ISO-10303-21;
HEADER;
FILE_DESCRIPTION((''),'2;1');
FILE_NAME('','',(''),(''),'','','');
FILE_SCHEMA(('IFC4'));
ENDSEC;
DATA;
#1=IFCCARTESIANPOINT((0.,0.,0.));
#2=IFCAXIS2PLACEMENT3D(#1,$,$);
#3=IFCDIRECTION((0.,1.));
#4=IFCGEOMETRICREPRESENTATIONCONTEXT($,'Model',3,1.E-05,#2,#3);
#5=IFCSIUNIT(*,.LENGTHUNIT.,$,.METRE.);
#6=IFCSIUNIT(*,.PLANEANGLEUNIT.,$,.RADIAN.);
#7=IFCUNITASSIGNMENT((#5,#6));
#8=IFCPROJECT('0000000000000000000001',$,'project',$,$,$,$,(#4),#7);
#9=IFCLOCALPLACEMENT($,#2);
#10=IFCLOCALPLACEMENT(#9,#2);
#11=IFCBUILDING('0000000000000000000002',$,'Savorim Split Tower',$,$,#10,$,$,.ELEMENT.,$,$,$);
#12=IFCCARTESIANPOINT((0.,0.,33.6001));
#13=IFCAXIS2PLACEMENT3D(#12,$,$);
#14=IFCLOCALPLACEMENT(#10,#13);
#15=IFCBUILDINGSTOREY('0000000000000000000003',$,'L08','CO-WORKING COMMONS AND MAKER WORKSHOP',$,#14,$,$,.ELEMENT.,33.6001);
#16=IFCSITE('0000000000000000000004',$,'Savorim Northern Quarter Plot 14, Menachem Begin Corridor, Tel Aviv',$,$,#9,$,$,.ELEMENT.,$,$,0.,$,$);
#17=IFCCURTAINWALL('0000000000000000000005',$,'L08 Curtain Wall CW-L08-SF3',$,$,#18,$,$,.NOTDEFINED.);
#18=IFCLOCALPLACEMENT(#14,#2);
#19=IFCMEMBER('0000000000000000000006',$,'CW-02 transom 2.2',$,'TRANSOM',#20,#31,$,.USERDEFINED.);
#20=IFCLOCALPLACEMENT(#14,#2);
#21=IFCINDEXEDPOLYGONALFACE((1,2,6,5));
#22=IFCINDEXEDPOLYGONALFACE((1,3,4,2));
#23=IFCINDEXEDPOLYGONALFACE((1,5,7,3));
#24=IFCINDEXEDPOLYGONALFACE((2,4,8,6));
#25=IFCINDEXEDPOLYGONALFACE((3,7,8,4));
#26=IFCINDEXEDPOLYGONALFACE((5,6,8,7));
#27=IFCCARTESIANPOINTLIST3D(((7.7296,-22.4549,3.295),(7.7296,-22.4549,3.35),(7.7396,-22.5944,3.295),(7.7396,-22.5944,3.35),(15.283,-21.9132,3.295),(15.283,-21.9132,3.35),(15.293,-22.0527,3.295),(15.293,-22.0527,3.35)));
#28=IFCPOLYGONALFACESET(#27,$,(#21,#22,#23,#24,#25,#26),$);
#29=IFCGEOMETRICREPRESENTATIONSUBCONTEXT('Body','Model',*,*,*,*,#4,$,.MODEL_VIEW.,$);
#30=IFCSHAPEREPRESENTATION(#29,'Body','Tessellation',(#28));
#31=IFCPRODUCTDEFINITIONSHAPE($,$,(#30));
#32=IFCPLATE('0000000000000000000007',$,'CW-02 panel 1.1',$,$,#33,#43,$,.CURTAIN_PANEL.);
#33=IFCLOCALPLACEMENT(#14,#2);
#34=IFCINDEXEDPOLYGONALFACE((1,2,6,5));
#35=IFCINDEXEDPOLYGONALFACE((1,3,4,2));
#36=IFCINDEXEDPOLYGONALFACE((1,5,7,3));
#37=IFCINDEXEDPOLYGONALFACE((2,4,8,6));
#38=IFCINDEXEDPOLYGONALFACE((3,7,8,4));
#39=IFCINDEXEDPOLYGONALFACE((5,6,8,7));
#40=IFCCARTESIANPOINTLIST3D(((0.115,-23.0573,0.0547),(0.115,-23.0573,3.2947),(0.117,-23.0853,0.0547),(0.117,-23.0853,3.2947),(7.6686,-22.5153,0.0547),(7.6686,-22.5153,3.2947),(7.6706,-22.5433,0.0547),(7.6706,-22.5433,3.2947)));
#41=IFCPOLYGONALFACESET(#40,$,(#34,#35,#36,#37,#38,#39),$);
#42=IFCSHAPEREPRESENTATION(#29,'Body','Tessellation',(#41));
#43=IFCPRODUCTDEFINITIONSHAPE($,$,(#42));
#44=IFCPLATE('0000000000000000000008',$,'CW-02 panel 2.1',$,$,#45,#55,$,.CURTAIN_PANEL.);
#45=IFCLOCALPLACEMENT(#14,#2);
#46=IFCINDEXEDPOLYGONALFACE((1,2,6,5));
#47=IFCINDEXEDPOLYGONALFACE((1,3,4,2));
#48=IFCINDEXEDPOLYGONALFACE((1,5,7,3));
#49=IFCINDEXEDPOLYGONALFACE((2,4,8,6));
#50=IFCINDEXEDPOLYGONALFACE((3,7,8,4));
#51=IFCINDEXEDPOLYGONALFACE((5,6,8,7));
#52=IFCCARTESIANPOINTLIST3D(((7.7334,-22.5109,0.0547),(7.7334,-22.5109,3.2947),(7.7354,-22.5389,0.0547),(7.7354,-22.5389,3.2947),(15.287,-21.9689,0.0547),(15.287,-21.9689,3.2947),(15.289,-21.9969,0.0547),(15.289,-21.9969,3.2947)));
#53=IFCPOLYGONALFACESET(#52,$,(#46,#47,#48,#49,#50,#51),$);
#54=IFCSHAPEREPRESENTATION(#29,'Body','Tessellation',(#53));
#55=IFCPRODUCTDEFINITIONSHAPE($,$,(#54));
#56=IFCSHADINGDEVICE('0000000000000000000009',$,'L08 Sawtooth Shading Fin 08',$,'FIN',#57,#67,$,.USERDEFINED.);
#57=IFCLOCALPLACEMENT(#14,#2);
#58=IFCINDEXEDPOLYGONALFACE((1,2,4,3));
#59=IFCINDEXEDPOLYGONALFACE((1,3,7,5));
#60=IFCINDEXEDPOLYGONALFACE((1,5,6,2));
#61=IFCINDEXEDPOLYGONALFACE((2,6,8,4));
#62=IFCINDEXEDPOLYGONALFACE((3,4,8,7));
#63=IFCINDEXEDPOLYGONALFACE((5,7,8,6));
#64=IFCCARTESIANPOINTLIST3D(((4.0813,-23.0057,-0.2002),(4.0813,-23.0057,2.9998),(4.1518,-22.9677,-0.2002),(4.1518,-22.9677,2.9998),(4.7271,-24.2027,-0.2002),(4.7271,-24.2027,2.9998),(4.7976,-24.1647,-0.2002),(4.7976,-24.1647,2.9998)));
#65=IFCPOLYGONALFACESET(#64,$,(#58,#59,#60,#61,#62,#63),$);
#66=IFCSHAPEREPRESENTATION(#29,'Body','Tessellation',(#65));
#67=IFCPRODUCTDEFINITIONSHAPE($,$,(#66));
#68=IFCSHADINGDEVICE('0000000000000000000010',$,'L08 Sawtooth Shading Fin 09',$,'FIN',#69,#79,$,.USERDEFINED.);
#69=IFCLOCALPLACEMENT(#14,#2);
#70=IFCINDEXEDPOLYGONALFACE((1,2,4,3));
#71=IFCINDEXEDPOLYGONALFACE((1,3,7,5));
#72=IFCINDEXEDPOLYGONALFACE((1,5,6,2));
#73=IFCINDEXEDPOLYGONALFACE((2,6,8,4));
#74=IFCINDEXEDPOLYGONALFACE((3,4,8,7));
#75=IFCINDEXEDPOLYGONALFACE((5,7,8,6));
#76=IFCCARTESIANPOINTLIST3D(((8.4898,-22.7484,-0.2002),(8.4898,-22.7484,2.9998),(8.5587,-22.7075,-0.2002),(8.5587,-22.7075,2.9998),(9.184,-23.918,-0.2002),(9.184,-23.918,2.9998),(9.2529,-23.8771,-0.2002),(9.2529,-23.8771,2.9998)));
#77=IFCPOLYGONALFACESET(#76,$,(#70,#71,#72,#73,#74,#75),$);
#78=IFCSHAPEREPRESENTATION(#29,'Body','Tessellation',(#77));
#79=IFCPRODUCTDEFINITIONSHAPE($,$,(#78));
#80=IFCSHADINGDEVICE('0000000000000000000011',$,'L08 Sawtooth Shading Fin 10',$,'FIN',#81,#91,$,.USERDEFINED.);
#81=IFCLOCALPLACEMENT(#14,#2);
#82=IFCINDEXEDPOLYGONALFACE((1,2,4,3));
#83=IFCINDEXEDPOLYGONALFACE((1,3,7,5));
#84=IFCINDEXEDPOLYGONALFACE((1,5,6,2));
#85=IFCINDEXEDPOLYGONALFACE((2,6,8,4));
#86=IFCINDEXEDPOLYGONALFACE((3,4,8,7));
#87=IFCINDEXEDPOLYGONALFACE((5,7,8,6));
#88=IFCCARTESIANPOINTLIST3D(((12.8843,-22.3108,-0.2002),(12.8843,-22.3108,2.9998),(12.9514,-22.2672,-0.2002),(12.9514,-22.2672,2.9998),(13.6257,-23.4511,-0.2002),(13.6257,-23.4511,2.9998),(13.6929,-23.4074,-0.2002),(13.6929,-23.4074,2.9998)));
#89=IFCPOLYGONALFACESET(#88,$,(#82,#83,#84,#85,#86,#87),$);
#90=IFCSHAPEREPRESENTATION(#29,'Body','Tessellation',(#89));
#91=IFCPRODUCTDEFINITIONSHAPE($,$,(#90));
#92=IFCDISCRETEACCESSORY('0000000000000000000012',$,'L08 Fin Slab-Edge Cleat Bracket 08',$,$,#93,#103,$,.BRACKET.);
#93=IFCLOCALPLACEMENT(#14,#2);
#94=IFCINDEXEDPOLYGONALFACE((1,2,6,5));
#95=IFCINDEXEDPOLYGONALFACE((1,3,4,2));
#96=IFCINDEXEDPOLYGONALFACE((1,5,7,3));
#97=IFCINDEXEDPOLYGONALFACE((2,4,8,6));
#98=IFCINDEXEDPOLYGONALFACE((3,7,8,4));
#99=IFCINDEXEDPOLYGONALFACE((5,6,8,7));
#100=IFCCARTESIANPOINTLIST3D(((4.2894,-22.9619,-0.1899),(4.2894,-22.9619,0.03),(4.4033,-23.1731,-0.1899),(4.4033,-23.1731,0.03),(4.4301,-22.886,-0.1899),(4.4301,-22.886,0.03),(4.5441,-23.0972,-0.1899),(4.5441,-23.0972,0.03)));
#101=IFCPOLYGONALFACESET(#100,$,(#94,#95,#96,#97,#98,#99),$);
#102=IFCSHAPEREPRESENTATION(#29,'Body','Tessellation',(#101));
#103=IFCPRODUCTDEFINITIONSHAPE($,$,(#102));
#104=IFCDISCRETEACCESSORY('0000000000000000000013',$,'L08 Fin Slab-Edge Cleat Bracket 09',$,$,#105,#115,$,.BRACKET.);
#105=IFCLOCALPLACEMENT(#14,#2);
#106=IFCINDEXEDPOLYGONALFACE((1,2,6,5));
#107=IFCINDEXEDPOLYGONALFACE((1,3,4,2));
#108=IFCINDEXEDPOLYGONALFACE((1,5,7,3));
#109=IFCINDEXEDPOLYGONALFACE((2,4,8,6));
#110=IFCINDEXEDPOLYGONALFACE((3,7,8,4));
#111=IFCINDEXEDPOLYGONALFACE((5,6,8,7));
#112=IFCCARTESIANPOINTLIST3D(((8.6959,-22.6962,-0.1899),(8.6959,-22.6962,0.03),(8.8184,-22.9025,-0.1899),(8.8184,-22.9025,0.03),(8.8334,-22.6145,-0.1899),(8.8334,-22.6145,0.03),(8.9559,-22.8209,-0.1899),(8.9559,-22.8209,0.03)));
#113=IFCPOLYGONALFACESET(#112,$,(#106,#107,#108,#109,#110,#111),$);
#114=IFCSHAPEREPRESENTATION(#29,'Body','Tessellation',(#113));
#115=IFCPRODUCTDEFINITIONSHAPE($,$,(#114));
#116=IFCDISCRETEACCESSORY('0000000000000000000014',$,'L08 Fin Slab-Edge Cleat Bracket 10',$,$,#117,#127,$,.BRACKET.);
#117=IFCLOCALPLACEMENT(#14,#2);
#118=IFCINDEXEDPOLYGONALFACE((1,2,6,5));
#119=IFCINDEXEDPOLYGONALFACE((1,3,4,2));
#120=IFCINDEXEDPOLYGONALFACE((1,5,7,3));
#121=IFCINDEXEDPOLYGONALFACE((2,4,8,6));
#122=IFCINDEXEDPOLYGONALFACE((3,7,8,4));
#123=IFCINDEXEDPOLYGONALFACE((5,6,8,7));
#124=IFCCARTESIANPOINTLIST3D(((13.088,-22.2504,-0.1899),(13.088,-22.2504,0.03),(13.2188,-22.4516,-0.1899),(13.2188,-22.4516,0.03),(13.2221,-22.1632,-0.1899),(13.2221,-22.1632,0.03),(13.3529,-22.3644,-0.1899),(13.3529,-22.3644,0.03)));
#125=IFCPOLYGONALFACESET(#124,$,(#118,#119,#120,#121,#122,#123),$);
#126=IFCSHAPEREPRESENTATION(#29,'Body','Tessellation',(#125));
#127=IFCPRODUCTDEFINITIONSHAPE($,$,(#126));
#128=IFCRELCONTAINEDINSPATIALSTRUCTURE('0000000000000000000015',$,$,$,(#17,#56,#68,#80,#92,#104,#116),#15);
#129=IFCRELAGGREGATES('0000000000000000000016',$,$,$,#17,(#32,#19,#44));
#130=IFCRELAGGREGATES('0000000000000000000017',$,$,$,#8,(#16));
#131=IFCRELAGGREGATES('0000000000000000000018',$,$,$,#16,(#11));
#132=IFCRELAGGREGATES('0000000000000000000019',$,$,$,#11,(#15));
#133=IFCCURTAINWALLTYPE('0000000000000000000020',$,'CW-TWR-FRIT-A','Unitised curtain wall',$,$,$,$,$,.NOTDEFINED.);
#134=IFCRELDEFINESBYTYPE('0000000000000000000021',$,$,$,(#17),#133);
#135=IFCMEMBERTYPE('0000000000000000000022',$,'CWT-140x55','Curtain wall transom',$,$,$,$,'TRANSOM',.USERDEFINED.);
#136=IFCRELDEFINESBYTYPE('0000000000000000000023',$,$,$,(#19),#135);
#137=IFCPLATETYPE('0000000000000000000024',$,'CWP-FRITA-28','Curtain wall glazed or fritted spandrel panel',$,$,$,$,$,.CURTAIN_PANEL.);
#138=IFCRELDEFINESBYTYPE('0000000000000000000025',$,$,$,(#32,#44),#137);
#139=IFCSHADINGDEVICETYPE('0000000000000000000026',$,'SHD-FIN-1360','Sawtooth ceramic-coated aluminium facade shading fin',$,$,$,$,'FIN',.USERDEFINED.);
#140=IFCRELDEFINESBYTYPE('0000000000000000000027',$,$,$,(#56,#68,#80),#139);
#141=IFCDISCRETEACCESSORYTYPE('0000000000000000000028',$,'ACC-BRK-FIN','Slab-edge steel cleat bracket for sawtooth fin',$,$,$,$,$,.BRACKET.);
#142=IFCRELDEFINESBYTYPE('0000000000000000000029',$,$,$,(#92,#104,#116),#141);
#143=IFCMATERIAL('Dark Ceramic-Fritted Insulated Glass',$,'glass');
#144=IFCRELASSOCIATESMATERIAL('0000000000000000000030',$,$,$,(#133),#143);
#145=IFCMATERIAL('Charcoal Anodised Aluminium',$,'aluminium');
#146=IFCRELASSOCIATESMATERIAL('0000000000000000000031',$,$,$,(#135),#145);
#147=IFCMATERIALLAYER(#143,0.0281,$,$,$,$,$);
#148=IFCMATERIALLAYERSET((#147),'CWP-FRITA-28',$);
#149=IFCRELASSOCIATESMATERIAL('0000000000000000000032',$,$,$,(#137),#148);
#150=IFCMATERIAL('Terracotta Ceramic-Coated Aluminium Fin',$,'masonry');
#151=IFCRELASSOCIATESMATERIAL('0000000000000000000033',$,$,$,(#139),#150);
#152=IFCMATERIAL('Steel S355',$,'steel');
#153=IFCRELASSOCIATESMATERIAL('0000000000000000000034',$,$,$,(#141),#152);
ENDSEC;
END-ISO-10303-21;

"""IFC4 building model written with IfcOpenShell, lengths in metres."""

from ifc_helpers import new_model, si_unit, direction, frame, origin, origin_2d, place, context, subcontext, project, spatial, rectangle, extrude, material, layer, layer_set, material_profile, profile_set, type_object, element, aggregate, save


model = new_model("IFC4")

# Units and contexts
model_context = context("Model", 3, precision=1e-05, world=origin(), true_north=direction((0.0, 1.0)))
body_context = subcontext(model_context, "Body", "Model", "MODEL_VIEW")
ifc_project = project(units=[si_unit("LENGTHUNIT", "METRE"), si_unit("PLANEANGLEUNIT", "RADIAN")], contexts=[model_context])

# Site, building, storey
site_placement = place(None, origin())
site = spatial("IfcSite", under=ifc_project, at=site_placement, Name="Savorim Northern Quarter Plot 14, Menachem Begin Corridor, Tel Aviv", CompositionType="ELEMENT", RefElevation=0.0)
building_placement = place(site_placement, origin())
building = spatial("IfcBuilding", under=site, at=building_placement, Name="Savorim Split Tower", CompositionType="ELEMENT")
storey_placement = place(building_placement, frame((0.0, 0.0, 33.6001)))
storey = spatial("IfcBuildingStorey", under=building, at=storey_placement, Name="L08", Description="CO-WORKING COMMONS AND MAKER WORKSHOP", CompositionType="ELEMENT", Elevation=33.6001)

# Shared definitions
ifc_material_1 = material(Name="Steel S355", Category="steel")

# Curtain wall
ifc_material_2 = material(Name="Dark Ceramic-Fritted Insulated Glass", Category="glass")
curtain_wall_type = type_object("IfcCurtainWallType", Name="CW-TWR-FRIT-A", Description="Unitised curtain wall", PredefinedType="NOTDEFINED", material=ifc_material_2)
curtain_wall_1_placement = place(storey_placement, origin())
curtain_wall_1 = element("IfcCurtainWall", 1, at=curtain_wall_1_placement, inside=storey, type_object=curtain_wall_type, Name="L08 Curtain Wall CW-L08-SF3", PredefinedType="NOTDEFINED")
ifc_material_3 = material(Name="Charcoal Anodised Aluminium", Category="aluminium")

# Member
ifc_material_profile_1 = material_profile(ifc_material_3, rectangle(XDim=0.1399, YDim=0.0549, at=origin_2d()), Name="ALU-T 140x55")
ifc_profile_set_1 = profile_set([ifc_material_profile_1], Name="Charcoal Anodised Aluminium")
member_type_1 = type_object("IfcMemberType", Name="CWT-140x55", Description="Curtain wall transom", ElementType="TRANSOM", PredefinedType="USERDEFINED", material=ifc_profile_set_1)
member_1_placement = place(storey_placement, frame((7.7346, -22.5247, 3.3225), z_axis=(0.997438, 0.071538, 0.0), x_axis=(-0.071538, 0.997438, 0.0)))
member_1 = element("IfcMember", 2, at=member_1_placement, type_object=member_type_1, Name="CW-02 transom 2.2", ObjectType="TRANSOM", PredefinedType="USERDEFINED", context=body_context, shape_type="SweptSolid", body=[
    extrude(rectangle(XDim=0.1399, YDim=0.0549, at=origin_2d()), origin(), (0.0, 0.0, 1.0), 7.5728),
])

# Plates
ifc_layer = layer(ifc_material_2, 0.0281)
ifc_layer_set = layer_set([ifc_layer], Name="CWP-FRITA-28")
plate_type = type_object("IfcPlateType", Name="CWP-FRITA-28", Description="Curtain wall glazed or fritted spandrel panel", PredefinedType="CURTAIN_PANEL", material=ifc_layer_set)
plate_1_placement = place(storey_placement, frame((3.8928, -22.8003, 0.0547), z_axis=(0.0, 0.0, 1.0), x_axis=(0.997436, 0.07156, 0.0)))
plate_1 = element("IfcPlate", 3, at=plate_1_placement, type_object=plate_type, Name="CW-02 panel 1.1", PredefinedType="CURTAIN_PANEL", context=body_context, shape_type="SweptSolid", body=[
    extrude(rectangle(XDim=7.573, YDim=0.0281, at=origin_2d()), origin(), (0.0, 0.0, 1.0), 3.24),
])
plate_2_placement = place(storey_placement, frame((11.5112, -22.2539, 0.0547), z_axis=(0.0, 0.0, 1.0), x_axis=(0.997436, 0.07156, 0.0)))
plate_2 = element("IfcPlate", 4, at=plate_2_placement, type_object=plate_type, Name="CW-02 panel 2.1", PredefinedType="CURTAIN_PANEL", context=body_context, shape_type="SweptSolid", body=[
    extrude(rectangle(XDim=7.573, YDim=0.0281, at=origin_2d()), origin(), (0.0, 0.0, 1.0), 3.24),
])
aggregate(curtain_wall_1, [plate_1, member_1, plate_2])

# Shading devices
ifc_material_4 = material(Name="Terracotta Ceramic-Coated Aluminium Fin", Category="masonry")
shading_device_type = type_object("IfcShadingDeviceType", Name="SHD-FIN-1360", Description="Sawtooth ceramic-coated aluminium facade shading fin", ElementType="FIN", PredefinedType="USERDEFINED", material=ifc_material_4)
for number, where, z_axis, x_axis, name in (
    (5, (4.4395, -23.5852, -0.2002), (0.0, 0.0, 1.0), (0.474778, -0.880106, 0.0), "L08 Sawtooth Shading Fin 08"),
    (6, (8.8713, -23.3127, -0.2002), (0.0, 0.0, 1.0), (0.510391, -0.859942, 0.0), "L08 Sawtooth Shading Fin 09"),
    (7, (13.2886, -22.8591, -0.2002), (0.0, 0.0, 1.0), (0.545148, -0.83834, 0.0), "L08 Sawtooth Shading Fin 10"),
):
    element("IfcShadingDevice", number, at=place(storey_placement, frame(where, z_axis=z_axis, x_axis=x_axis)), inside=storey, type_object=shading_device_type, Name=name, ObjectType="FIN", PredefinedType="USERDEFINED", context=body_context, shape_type="SweptSolid", body=[
        extrude(rectangle(XDim=1.3601, YDim=0.0801, at=origin_2d()), origin(), (0.0, 0.0, 1.0), 3.2),
    ])

# Discrete accessories
discrete_accessory_type = type_object("IfcDiscreteAccessoryType", Name="ACC-BRK-FIN", Description="Slab-edge steel cleat bracket for sawtooth fin", PredefinedType="BRACKET", material=ifc_material_1)
for number, where, z_axis, x_axis, name in (
    (8, (4.4167, -23.0295, -0.1899), (0.0, 0.0, 1.0), (0.474778, -0.880106, 0.0), "L08 Fin Slab-Edge Cleat Bracket 08"),
    (9, (8.8259, -22.7585, -0.1899), (0.0, 0.0, 1.0), (0.510391, -0.859942, 0.0), "L08 Fin Slab-Edge Cleat Bracket 09"),
    (10, (13.2205, -22.3074, -0.1899), (0.0, 0.0, 1.0), (0.545148, -0.83834, 0.0), "L08 Fin Slab-Edge Cleat Bracket 10"),
):
    element("IfcDiscreteAccessory", number, at=place(storey_placement, frame(where, z_axis=z_axis, x_axis=x_axis)), inside=storey, type_object=discrete_accessory_type, Name=name, PredefinedType="BRACKET", context=body_context, shape_type="SweptSolid", body=[
        extrude(rectangle(XDim=0.24, YDim=0.1599, at=origin_2d()), origin(), (0.0, 0.0, 1.0), 0.22),
    ])

save(model, "model.ifc")
